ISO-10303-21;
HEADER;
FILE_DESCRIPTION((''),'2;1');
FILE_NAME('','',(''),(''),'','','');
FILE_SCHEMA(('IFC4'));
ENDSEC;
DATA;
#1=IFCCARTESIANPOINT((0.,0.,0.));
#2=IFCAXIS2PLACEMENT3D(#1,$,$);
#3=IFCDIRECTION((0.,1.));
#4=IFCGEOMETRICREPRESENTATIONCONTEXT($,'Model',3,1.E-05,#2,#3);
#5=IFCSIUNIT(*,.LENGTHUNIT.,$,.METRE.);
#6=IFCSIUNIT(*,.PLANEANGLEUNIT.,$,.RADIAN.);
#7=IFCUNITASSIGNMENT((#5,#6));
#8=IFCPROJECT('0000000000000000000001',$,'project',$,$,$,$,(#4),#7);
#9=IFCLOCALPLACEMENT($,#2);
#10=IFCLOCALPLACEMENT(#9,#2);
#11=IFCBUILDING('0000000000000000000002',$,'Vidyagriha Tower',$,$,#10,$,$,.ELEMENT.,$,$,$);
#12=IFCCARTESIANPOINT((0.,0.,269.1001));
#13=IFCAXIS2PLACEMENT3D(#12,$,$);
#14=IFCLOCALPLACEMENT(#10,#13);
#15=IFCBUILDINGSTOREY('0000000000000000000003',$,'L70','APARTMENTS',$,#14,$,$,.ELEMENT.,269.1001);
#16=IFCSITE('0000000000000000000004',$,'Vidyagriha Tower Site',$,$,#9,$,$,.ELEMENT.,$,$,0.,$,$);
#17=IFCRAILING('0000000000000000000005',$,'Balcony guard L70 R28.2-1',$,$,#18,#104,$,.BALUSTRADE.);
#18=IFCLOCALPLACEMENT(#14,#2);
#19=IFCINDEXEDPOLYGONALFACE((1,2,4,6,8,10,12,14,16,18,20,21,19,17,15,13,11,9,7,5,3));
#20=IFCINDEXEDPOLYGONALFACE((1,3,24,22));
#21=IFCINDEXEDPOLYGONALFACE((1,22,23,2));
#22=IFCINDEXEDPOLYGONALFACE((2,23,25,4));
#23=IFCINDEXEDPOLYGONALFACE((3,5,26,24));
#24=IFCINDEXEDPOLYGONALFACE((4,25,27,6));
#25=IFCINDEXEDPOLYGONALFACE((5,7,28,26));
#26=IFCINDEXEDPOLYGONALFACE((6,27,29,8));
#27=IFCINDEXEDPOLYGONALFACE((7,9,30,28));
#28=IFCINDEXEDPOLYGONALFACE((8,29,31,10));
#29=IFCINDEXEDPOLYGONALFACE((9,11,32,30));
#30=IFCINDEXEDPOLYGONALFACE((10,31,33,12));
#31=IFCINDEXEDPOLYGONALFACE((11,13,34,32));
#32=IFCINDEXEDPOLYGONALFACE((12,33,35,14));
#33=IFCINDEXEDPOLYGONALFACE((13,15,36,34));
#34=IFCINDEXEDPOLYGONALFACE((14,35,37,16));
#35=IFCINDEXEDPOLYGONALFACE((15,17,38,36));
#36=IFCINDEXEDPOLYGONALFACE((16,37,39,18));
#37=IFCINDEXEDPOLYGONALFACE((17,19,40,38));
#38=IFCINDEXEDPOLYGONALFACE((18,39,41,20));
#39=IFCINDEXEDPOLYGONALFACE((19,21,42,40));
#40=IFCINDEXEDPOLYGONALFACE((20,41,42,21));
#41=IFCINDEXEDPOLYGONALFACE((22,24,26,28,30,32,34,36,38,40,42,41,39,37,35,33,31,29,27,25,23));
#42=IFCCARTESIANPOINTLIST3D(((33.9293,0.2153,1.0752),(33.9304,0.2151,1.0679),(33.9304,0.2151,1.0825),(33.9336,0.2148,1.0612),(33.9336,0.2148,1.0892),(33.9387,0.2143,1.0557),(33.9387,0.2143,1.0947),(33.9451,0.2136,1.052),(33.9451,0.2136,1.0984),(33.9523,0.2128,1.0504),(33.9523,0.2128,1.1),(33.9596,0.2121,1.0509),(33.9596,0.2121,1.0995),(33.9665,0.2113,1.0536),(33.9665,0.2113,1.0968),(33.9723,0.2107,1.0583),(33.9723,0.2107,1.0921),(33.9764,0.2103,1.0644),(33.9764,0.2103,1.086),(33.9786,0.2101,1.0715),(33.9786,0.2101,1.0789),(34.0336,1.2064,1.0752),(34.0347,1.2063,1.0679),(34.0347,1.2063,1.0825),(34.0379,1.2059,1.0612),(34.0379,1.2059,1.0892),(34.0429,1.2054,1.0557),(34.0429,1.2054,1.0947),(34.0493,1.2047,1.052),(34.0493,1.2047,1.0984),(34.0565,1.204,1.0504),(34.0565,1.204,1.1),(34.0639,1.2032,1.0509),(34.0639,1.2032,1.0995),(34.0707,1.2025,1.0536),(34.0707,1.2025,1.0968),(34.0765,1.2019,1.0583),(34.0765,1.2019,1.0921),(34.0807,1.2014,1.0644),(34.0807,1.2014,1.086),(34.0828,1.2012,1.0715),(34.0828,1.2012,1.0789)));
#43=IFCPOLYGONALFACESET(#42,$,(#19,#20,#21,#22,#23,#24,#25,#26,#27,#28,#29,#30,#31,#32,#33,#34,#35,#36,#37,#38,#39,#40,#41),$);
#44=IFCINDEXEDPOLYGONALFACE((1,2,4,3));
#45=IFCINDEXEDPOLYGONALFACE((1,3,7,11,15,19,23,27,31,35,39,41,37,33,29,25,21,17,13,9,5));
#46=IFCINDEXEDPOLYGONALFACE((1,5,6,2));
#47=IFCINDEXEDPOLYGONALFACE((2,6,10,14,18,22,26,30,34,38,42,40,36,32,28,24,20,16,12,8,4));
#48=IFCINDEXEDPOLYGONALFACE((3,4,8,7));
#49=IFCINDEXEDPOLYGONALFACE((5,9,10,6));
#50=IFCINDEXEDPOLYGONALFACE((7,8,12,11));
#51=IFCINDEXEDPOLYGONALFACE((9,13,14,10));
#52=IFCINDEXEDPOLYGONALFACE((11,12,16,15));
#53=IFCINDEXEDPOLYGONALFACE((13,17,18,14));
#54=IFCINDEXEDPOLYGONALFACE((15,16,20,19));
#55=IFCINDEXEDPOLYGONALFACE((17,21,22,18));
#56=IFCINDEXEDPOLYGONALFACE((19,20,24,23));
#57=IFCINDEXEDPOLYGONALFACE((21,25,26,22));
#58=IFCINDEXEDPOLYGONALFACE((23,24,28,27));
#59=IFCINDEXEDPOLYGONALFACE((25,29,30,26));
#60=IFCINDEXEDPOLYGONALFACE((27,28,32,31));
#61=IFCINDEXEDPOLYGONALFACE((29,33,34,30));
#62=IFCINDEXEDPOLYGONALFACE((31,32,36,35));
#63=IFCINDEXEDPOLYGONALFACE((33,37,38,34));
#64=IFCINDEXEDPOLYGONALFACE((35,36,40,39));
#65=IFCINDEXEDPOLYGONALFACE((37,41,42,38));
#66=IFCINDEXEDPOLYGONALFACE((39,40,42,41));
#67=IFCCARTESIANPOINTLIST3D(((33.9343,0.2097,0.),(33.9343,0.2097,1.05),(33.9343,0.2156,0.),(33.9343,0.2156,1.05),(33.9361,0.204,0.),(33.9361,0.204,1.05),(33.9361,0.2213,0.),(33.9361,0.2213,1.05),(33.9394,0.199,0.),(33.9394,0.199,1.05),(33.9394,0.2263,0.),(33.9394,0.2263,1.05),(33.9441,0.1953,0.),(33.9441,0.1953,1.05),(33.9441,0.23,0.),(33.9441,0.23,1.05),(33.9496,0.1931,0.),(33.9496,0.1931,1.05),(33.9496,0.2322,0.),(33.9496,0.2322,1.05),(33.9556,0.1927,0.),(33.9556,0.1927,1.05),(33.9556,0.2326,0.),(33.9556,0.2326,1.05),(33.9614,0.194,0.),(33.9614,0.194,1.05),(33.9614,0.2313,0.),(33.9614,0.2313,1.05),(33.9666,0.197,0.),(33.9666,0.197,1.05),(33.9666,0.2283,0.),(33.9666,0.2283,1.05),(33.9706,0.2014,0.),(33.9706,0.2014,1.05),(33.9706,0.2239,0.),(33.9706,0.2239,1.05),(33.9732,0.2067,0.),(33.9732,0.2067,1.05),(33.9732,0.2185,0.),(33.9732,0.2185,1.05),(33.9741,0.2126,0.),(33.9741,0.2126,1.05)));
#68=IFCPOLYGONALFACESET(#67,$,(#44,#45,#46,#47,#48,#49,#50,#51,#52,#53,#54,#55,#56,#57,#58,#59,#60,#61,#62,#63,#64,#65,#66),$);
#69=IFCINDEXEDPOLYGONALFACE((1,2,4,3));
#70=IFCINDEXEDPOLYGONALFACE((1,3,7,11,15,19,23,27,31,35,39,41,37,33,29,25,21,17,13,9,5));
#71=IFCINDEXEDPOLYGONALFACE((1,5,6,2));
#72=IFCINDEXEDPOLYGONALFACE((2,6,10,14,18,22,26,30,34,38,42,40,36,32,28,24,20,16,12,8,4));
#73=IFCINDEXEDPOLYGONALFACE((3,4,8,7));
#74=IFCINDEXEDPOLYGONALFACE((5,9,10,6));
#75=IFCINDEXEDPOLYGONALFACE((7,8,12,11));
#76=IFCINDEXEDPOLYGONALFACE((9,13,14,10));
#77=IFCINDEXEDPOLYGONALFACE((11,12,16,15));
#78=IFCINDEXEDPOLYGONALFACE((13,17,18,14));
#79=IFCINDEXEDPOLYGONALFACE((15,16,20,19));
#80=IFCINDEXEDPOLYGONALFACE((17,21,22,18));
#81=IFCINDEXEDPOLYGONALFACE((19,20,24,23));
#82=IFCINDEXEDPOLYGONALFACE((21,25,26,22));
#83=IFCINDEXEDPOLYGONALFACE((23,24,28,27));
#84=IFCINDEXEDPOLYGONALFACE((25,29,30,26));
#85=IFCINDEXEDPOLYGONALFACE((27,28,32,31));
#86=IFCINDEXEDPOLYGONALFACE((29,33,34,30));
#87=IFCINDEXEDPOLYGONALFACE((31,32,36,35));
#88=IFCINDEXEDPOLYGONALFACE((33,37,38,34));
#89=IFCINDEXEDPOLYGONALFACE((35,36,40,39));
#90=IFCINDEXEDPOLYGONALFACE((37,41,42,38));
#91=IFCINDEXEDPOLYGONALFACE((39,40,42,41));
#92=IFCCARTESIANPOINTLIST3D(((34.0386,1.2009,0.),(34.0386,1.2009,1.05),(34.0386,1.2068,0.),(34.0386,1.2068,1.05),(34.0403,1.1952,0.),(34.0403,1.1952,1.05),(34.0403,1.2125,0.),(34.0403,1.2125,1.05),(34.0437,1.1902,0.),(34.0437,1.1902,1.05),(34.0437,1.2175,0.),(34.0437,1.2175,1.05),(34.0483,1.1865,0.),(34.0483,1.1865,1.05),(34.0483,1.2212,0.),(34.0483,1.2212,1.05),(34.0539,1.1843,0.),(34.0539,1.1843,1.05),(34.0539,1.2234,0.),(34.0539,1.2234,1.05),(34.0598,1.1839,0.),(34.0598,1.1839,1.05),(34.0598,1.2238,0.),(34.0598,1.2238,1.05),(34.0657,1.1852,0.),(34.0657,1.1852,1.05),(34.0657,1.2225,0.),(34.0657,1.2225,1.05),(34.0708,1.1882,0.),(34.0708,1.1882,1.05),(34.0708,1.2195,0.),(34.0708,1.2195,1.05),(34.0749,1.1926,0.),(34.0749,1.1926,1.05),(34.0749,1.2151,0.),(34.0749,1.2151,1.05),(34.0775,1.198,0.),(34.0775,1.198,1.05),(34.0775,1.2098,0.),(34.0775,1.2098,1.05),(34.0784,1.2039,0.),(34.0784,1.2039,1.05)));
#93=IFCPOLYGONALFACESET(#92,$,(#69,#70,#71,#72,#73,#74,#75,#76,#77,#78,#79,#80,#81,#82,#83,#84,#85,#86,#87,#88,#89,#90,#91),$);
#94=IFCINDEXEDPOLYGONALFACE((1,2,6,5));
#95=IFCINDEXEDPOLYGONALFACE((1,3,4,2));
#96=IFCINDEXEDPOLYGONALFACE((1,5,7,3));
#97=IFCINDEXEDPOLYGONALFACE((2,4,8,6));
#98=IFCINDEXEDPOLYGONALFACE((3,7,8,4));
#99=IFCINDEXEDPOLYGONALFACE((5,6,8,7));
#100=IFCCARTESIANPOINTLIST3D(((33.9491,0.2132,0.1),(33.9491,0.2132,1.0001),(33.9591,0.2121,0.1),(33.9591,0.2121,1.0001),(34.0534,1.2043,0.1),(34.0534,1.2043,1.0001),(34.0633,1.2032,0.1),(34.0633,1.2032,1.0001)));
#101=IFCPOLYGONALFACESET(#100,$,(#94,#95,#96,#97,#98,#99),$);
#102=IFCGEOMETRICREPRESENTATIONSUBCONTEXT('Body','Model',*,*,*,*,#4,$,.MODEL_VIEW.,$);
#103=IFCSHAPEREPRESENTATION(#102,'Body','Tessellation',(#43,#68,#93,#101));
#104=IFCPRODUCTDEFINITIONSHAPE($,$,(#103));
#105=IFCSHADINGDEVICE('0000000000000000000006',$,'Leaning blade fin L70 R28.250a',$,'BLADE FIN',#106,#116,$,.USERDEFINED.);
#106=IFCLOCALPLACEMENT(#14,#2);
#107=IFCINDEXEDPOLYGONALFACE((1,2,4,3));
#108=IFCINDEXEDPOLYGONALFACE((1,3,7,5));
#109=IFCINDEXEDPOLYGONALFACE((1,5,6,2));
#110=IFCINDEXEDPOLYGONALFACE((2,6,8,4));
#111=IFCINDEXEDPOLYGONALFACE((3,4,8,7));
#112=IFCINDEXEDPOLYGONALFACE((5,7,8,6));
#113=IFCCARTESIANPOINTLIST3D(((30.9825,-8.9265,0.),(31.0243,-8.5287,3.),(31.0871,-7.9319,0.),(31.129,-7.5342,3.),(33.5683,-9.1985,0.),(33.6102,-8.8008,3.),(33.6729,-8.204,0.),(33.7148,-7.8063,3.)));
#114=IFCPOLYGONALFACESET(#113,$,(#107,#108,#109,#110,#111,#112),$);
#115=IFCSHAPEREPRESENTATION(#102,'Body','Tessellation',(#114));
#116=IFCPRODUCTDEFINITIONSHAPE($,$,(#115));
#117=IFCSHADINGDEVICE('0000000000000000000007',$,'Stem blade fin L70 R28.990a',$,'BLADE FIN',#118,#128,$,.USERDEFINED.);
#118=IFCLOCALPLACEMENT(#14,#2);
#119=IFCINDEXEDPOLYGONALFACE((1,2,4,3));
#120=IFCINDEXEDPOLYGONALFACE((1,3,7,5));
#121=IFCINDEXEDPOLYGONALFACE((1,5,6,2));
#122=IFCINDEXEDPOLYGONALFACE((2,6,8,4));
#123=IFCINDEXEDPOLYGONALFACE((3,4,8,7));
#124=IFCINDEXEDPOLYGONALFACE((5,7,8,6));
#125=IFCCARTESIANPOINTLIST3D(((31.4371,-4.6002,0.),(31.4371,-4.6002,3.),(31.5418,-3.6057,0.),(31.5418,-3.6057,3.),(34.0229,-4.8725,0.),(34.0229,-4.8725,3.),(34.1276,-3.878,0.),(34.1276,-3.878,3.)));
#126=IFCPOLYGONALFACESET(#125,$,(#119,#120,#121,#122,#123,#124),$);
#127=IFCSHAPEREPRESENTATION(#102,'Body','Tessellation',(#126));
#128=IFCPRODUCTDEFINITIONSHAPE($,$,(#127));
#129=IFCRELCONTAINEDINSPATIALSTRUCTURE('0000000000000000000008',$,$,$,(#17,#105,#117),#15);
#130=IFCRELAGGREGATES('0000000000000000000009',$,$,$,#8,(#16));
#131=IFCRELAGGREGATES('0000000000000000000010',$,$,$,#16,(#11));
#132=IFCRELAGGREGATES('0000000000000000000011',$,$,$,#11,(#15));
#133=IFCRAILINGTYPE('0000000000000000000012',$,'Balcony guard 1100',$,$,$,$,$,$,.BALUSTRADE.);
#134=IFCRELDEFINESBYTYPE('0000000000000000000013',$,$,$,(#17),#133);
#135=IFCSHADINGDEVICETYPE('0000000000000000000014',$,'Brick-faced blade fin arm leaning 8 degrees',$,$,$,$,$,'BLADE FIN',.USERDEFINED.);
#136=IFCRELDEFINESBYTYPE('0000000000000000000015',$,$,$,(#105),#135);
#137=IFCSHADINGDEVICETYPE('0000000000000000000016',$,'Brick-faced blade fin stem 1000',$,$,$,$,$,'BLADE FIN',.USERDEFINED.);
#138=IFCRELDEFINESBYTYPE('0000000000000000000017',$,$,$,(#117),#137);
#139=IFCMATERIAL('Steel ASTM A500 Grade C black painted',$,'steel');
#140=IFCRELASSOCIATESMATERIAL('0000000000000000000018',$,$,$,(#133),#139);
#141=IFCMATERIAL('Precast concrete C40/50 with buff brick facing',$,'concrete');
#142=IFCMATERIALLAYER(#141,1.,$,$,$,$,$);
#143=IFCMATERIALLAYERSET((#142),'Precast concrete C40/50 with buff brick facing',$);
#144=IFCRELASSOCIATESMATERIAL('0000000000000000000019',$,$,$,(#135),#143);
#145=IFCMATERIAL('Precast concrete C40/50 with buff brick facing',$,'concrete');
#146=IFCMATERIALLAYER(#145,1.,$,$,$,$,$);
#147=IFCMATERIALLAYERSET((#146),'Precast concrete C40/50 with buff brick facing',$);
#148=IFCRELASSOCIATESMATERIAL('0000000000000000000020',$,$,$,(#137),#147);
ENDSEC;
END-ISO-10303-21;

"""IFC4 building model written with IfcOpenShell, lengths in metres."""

from ifc_helpers import new_model, si_unit, direction, frame, origin, origin_2d, place, context, subcontext, project, spatial, polyline, rectangle, circle, outline, extrude, material, layer, layer_set, type_object, element, save


model = new_model("IFC4")

# Units and contexts
model_context = context("Model", 3, precision=1e-05, world=origin(), true_north=direction((0.0, 1.0)))
body_context = subcontext(model_context, "Body", "Model", "MODEL_VIEW")
ifc_project = project(units=[si_unit("LENGTHUNIT", "METRE"), si_unit("PLANEANGLEUNIT", "RADIAN")], contexts=[model_context])

# Site, building, storey
site_placement = place(None, origin())
site = spatial("IfcSite", under=ifc_project, at=site_placement, Name="Vidyagriha Tower Site", CompositionType="ELEMENT", RefElevation=0.0)
building_placement = place(site_placement, origin())
building = spatial("IfcBuilding", under=site, at=building_placement, Name="Vidyagriha Tower", CompositionType="ELEMENT")
storey_placement = place(building_placement, frame((0.0, 0.0, 269.1001)))
storey = spatial("IfcBuildingStorey", under=building, at=storey_placement, Name="L70", Description="APARTMENTS", CompositionType="ELEMENT", Elevation=269.1001)

# Railing
ifc_material_1 = material(Name="Steel ASTM A500 Grade C black painted", Category="steel")
railing_type_1 = type_object("IfcRailingType", Name="Balcony guard 1100", PredefinedType="BALUSTRADE", material=ifc_material_1)
railing_1_placement = place(storey_placement, frame((33.9541, 0.2126, 0.0)))
element("IfcRailing", 1, at=railing_1_placement, inside=storey, type_object=railing_type_1, Name="Balcony guard L70 R28.2-1", PredefinedType="BALUSTRADE", context=body_context, shape_type="SweptSolid", body=[
    extrude(circle(Radius=0.0249, at=origin_2d()), frame((0.0, 0.0, 1.0752), z_axis=(0.104596, 0.994515, 0.0), x_axis=(-0.994515, 0.104596, 0.0)), (0.0, 0.0, 1.0), 0.9966),
    extrude(circle(Radius=0.02, at=origin_2d()), origin(), (0.0, 0.0, 1.0), 1.05),
    extrude(circle(Radius=0.02, at=origin_2d()), frame((0.1042, 0.9912, 0.0)), (0.0, 0.0, 1.0), 1.05),
    extrude(rectangle(XDim=0.01, YDim=0.9001, at=origin_2d()), frame((0.0, 0.0, 0.55), z_axis=(0.104596, 0.994515, 0.0), x_axis=(-0.994515, 0.104596, 0.0)), (0.0, 0.0, 1.0), 0.9966),
])

# Shading devices
ifc_material_2 = material(Name="Precast concrete C40/50 with buff brick facing", Category="concrete")
ifc_layer_1 = layer(ifc_material_2, 1.0)
ifc_layer_set_1 = layer_set([ifc_layer_1], Name="Precast concrete C40/50 with buff brick facing")
shading_device_type_1 = type_object("IfcShadingDeviceType", Name="Brick-faced blade fin arm leaning 8 degrees", ElementType="BLADE FIN", PredefinedType="USERDEFINED", material=ifc_layer_set_1)
shading_device_1_placement = place(storey_placement, frame((32.2754, -9.0625, 0.0), z_axis=(0.0, 0.0, 1.0), x_axis=(0.104648, 0.994509, 0.0)))
element("IfcShadingDevice", 2, at=shading_device_1_placement, inside=storey, type_object=shading_device_type_1, Name="Leaning blade fin L70 R28.250a", ObjectType="BLADE FIN", PredefinedType="USERDEFINED", context=body_context, shape_type="SweptSolid", body=[
    extrude(outline(polyline([(0.0, 0.0), (1.0, 0.0), (1.3999, 3.0), (0.3999, 3.0), (0.0, 0.0)])), frame((0.0, 1.3, 0.0), z_axis=(0.0, -1.0, 0.0), x_axis=(1.0, 0.0, 0.0)), (0.0, 0.0, 1.0), 2.6001),
])
ifc_material_3 = material(Name="Precast concrete C40/50 with buff brick facing", Category="concrete")
ifc_layer_2 = layer(ifc_material_3, 1.0)
ifc_layer_set_2 = layer_set([ifc_layer_2], Name="Precast concrete C40/50 with buff brick facing")
shading_device_type_2 = type_object("IfcShadingDeviceType", Name="Brick-faced blade fin stem 1000", ElementType="BLADE FIN", PredefinedType="USERDEFINED", material=ifc_layer_set_2)
shading_device_2_placement = place(storey_placement, frame((32.73, -4.7363, 0.0), z_axis=(0.0, 0.0, 1.0), x_axis=(0.104748, 0.994499, 0.0)))
element("IfcShadingDevice", 3, at=shading_device_2_placement, inside=storey, type_object=shading_device_type_2, Name="Stem blade fin L70 R28.990a", ObjectType="BLADE FIN", PredefinedType="USERDEFINED", context=body_context, shape_type="SweptSolid", body=[
    extrude(outline(polyline([(0.0, 0.0), (1.0, 0.0), (1.0, 3.0), (0.0, 3.0), (0.0, 0.0)])), frame((0.0, 1.3, 0.0), z_axis=(0.0, -1.0, 0.0), x_axis=(1.0, 0.0, 0.0)), (0.0, 0.0, 1.0), 2.6001),
])

save(model, "model.ifc")
